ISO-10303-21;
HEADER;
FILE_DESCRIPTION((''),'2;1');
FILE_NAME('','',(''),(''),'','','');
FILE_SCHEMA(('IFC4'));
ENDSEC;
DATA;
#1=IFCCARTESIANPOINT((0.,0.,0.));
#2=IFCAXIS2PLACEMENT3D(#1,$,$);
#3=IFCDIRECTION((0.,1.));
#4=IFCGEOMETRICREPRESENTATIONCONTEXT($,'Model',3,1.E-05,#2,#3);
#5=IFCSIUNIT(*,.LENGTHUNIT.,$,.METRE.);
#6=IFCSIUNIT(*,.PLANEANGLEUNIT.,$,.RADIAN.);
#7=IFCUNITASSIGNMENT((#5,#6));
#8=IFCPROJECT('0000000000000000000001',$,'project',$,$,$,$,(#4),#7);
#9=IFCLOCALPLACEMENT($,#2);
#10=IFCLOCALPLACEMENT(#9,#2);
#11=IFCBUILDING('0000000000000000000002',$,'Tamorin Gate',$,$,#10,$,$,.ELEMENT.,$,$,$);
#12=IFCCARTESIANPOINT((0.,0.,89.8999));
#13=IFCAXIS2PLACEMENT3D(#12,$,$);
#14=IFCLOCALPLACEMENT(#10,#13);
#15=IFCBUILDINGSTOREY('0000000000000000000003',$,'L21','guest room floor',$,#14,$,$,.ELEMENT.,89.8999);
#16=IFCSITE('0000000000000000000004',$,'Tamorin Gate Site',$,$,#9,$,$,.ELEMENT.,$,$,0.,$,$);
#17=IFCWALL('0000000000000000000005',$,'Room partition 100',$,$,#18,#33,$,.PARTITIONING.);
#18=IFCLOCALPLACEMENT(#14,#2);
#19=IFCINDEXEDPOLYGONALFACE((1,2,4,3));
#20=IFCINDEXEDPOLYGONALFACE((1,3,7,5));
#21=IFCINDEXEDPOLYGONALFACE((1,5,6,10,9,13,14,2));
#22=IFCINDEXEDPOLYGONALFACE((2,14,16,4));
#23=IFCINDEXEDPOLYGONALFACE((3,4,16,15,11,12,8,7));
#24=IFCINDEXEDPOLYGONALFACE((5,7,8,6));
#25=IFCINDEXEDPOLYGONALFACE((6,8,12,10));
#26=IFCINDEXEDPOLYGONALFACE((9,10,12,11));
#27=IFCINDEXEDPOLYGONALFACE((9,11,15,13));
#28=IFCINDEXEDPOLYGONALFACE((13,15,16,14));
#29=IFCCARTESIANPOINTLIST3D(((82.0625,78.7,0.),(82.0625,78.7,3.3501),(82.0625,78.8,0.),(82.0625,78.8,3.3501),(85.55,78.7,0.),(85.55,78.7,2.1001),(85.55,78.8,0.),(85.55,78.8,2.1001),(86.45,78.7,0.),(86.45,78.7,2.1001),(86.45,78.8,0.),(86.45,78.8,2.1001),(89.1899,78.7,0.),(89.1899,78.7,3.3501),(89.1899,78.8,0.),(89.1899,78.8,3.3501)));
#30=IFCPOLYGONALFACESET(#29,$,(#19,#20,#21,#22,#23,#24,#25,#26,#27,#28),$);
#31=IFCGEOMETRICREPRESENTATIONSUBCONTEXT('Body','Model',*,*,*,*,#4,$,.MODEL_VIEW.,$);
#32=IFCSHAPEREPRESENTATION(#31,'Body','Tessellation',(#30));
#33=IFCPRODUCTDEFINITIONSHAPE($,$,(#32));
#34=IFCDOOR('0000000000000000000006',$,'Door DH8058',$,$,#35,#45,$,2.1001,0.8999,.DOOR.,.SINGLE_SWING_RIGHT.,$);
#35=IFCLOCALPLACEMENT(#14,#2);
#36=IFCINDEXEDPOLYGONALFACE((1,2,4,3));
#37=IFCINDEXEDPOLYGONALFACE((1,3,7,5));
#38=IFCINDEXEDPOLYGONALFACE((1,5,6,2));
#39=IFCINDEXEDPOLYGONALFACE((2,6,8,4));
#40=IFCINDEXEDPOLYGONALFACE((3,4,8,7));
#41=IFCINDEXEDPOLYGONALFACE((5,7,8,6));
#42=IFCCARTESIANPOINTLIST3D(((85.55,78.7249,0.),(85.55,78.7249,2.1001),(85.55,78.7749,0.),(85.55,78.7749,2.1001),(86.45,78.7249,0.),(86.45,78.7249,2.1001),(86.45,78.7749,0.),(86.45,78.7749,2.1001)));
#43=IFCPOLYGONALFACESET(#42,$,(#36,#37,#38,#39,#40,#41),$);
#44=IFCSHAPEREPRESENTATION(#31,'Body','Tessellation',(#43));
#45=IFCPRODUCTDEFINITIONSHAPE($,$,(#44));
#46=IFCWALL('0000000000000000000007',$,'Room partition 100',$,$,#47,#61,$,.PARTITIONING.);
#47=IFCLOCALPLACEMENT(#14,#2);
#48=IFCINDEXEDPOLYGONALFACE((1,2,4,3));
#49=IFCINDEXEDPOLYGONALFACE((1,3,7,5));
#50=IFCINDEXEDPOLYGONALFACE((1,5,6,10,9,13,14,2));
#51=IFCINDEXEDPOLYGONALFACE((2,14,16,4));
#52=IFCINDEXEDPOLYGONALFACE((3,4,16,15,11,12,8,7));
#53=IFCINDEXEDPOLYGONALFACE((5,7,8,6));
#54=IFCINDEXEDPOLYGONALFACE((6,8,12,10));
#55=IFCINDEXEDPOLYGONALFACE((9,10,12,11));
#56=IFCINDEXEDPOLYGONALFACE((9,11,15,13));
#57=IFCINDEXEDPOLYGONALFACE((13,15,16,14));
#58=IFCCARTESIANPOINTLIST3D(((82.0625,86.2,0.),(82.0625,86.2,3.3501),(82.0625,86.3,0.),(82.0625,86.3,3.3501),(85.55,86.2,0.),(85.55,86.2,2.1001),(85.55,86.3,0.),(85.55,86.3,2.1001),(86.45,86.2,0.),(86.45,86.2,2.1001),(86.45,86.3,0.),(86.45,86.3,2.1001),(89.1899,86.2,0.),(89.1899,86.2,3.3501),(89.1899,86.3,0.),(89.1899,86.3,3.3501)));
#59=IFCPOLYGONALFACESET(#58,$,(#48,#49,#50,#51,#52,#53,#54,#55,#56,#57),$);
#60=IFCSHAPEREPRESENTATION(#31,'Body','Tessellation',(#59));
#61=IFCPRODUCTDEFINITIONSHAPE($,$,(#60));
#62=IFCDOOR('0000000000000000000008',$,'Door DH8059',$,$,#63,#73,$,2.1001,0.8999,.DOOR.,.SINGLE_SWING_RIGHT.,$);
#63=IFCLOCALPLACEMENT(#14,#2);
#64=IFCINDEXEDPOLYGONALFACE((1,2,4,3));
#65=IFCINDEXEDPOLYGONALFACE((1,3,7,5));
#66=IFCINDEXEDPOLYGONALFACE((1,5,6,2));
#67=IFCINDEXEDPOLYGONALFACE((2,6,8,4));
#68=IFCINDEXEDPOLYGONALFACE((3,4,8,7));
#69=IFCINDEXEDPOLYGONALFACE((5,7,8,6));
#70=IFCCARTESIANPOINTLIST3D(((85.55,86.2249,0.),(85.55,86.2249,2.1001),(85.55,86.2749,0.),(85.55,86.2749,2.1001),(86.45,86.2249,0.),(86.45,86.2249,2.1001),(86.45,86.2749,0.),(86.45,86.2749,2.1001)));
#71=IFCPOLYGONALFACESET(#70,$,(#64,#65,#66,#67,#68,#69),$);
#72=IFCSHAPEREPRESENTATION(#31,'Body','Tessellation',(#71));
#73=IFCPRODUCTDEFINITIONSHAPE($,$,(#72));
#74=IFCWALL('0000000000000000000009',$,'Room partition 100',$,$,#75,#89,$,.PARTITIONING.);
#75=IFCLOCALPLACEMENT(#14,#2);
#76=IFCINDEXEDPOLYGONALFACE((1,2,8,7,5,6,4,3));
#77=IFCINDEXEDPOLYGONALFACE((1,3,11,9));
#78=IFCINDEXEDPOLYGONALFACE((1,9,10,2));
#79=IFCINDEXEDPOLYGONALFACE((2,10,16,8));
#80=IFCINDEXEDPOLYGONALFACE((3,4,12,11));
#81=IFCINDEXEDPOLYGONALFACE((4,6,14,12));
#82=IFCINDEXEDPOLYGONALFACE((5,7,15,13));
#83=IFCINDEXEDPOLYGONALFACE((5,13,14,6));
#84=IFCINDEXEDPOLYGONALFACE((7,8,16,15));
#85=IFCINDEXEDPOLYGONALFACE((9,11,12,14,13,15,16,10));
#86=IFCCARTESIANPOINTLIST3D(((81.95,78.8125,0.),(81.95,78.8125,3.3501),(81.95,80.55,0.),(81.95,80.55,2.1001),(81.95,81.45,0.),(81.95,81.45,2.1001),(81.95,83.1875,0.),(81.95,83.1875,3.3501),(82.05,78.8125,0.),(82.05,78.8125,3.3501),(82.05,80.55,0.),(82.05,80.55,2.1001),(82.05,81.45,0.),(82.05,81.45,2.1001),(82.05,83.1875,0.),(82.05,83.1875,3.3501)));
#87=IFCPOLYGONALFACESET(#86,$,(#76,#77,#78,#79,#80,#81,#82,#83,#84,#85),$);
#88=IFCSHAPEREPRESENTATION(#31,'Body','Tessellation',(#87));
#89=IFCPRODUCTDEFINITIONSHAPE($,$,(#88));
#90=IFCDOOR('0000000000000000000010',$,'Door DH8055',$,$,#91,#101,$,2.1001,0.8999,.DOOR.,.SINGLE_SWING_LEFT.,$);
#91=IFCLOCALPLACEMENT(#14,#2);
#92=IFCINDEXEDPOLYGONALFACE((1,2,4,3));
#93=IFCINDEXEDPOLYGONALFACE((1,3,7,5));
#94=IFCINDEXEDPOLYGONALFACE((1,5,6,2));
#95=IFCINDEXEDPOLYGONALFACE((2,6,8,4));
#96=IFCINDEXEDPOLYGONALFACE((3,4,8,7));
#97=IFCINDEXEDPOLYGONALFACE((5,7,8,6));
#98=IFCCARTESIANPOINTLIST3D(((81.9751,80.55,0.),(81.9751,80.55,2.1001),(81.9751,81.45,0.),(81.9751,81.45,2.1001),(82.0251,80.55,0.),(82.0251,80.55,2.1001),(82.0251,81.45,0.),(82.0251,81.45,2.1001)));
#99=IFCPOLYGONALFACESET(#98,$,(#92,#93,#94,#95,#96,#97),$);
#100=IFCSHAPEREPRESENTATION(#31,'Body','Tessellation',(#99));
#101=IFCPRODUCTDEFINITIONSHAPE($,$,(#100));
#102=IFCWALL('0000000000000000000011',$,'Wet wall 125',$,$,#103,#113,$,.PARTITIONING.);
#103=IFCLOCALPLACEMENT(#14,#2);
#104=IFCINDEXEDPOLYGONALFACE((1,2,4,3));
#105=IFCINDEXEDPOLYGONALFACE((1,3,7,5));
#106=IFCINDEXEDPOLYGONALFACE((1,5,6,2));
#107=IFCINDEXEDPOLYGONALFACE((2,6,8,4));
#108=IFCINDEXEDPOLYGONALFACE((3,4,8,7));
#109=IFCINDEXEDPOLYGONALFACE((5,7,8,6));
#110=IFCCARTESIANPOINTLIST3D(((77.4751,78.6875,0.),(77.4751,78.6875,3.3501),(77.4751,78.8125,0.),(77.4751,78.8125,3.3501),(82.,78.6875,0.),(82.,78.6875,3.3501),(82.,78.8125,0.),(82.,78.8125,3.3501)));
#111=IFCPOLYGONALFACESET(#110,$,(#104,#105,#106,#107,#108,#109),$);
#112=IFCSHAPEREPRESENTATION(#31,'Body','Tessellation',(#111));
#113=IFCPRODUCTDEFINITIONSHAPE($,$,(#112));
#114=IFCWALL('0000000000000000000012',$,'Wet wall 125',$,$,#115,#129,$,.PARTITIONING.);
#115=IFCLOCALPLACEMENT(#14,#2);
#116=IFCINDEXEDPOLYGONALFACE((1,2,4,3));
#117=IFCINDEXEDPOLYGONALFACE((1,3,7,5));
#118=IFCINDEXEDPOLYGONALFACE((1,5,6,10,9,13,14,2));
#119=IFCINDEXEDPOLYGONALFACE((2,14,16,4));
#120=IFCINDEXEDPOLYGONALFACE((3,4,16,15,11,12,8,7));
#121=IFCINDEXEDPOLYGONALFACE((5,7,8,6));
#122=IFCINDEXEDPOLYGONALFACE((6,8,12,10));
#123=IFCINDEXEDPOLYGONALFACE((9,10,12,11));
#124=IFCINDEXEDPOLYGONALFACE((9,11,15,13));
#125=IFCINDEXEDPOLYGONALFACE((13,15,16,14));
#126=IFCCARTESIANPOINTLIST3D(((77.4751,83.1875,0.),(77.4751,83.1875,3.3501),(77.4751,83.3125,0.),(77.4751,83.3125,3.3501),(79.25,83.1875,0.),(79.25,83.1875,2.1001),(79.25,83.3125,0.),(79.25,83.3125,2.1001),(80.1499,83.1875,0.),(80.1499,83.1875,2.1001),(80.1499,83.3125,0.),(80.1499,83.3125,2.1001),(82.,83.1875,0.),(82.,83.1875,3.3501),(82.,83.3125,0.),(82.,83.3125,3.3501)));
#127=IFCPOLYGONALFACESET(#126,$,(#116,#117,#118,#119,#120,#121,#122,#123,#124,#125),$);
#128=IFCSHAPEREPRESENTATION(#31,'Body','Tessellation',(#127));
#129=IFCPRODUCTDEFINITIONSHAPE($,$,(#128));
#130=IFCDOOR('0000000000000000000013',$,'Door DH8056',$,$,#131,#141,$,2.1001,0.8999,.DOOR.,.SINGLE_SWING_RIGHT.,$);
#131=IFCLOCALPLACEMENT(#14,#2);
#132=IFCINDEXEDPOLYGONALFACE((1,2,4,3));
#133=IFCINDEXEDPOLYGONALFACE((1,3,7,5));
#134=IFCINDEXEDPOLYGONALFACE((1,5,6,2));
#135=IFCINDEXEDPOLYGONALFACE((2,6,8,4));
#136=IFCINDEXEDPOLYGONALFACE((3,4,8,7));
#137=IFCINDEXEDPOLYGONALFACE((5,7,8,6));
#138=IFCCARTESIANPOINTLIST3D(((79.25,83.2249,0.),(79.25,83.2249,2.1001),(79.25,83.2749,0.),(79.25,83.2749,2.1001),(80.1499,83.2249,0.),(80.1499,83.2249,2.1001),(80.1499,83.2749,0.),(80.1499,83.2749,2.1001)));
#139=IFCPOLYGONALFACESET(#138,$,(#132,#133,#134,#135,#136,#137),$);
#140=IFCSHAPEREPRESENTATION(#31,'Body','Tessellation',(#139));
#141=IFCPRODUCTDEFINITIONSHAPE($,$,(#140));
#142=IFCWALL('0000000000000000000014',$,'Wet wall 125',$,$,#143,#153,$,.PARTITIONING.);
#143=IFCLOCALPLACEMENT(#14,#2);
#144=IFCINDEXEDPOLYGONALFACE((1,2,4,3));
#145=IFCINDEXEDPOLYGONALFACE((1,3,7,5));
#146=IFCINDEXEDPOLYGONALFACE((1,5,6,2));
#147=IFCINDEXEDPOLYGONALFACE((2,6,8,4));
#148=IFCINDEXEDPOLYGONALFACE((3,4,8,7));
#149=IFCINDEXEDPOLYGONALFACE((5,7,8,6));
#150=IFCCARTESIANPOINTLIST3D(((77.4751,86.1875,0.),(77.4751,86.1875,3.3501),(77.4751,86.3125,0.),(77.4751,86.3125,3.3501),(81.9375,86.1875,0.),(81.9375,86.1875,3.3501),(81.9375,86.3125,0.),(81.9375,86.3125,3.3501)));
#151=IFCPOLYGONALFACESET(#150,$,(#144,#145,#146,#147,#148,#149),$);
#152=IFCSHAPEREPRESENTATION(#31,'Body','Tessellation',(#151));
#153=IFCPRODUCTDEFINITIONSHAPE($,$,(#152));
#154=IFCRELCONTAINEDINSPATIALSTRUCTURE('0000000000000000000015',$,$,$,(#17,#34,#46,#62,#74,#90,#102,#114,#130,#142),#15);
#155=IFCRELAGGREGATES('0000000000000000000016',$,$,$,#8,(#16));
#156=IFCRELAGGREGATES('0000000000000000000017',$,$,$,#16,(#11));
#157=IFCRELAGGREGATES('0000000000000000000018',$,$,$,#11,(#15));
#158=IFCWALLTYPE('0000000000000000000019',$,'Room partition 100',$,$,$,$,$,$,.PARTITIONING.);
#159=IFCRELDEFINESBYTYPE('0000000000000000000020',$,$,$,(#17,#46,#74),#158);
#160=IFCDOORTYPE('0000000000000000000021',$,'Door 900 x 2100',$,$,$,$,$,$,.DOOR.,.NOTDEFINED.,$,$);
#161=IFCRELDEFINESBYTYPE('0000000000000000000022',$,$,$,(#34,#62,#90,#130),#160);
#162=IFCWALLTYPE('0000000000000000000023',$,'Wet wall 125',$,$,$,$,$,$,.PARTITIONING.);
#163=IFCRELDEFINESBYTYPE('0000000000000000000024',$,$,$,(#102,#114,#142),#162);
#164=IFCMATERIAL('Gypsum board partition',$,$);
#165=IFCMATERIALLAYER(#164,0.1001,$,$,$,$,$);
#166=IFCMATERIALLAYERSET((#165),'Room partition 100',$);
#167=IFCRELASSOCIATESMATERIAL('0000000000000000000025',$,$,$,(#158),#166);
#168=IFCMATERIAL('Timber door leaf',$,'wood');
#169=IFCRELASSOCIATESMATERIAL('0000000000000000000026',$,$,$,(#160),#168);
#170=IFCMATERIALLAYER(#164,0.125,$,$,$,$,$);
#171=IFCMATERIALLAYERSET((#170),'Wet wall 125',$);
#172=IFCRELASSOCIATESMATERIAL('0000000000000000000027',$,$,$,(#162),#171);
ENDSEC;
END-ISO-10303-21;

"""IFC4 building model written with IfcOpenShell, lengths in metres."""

from ifc_helpers import new_model, si_unit, direction, frame, frame_2d, origin, place, context, subcontext, project, spatial, rectangle, extrude, material, layer, layer_set, type_object, element, fill, save


model = new_model("IFC4")

# Units and contexts
model_context = context("Model", 3, precision=1e-05, world=origin(), true_north=direction((0.0, 1.0)))
body_context = subcontext(model_context, "Body", "Model", "MODEL_VIEW")
ifc_project = project(units=[si_unit("LENGTHUNIT", "METRE"), si_unit("PLANEANGLEUNIT", "RADIAN")], contexts=[model_context])

# Site, building, storey
site_placement = place(None, origin())
site = spatial("IfcSite", under=ifc_project, at=site_placement, Name="Tamorin Gate Site", CompositionType="ELEMENT", RefElevation=0.0)
building_placement = place(site_placement, origin())
building = spatial("IfcBuilding", under=site, at=building_placement, Name="Tamorin Gate", CompositionType="ELEMENT")
storey_placement = place(building_placement, frame((0.0, 0.0, 89.8999)))
storey = spatial("IfcBuildingStorey", under=building, at=storey_placement, Name="L21", Description="guest room floor", CompositionType="ELEMENT", Elevation=89.8999)

# Walls, openings, doors
ifc_material_1 = material(Name="Gypsum board partition")
ifc_layer_1 = layer(ifc_material_1, 0.1001)
ifc_layer_set_1 = layer_set([ifc_layer_1], Name="Room partition 100")
wall_type_1 = type_object("IfcWallType", Name="Room partition 100", PredefinedType="PARTITIONING", material=ifc_layer_set_1)
wall_1_placement = place(storey_placement, frame((82.0625, 78.75, 0.0), z_axis=(0.0, 0.0, 1.0), x_axis=(1.0, 0.0, 0.0)))
wall_1 = element("IfcWall", 1, at=wall_1_placement, inside=storey, type_object=wall_type_1, Name="Room partition 100", PredefinedType="PARTITIONING", context=body_context, shape_type="SweptSolid", body=[
    extrude(rectangle(XDim=7.1274, YDim=0.1001, at=frame_2d((3.5637, 0.0))), origin(), (0.0, 0.0, 1.0), 3.3501),
])
opening_1_placement = place(wall_1_placement, frame((3.4875, 0.0, 0.0)))
opening_1 = element("IfcOpeningElement", 2, at=opening_1_placement, cuts=wall_1, PredefinedType="OPENING", context=body_context, shape_type="SweptSolid", body=[
    extrude(rectangle(XDim=0.8999, YDim=2.1001, at=frame_2d((0.45, 1.05))), frame((0.0, 0.0601, 0.0), z_axis=(0.0, -1.0, 0.0), x_axis=(1.0, 0.0, 0.0)), (0.0, 0.0, 1.0), 0.1201),
])
ifc_material_2 = material(Name="Timber door leaf", Category="wood")
door_type = type_object("IfcDoorType", Name="Door 900 x 2100", OperationType="NOTDEFINED", PredefinedType="DOOR", material=ifc_material_2)
door_1_placement = place(opening_1_placement, origin())
door_1 = element("IfcDoor", 3, at=door_1_placement, inside=storey, type_object=door_type, Name="Door DH8058", OperationType="SINGLE_SWING_RIGHT", OverallHeight=2.1001, OverallWidth=0.8999, PredefinedType="DOOR", context=body_context, shape_type="SweptSolid", body=[
    extrude(rectangle(XDim=0.8999, YDim=2.1001, at=frame_2d((0.45, 1.05))), frame((0.0, 0.0249, 0.0), z_axis=(0.0, -1.0, 0.0), x_axis=(1.0, 0.0, 0.0)), (0.0, 0.0, 1.0), 0.05),
])
fill(opening_1, door_1)
wall_2_placement = place(storey_placement, frame((82.0625, 86.25, 0.0), z_axis=(0.0, 0.0, 1.0), x_axis=(1.0, 0.0, 0.0)))
wall_2 = element("IfcWall", 4, at=wall_2_placement, inside=storey, type_object=wall_type_1, Name="Room partition 100", PredefinedType="PARTITIONING", context=body_context, shape_type="SweptSolid", body=[
    extrude(rectangle(XDim=7.1274, YDim=0.1001, at=frame_2d((3.5637, 0.0))), origin(), (0.0, 0.0, 1.0), 3.3501),
])
opening_2_placement = place(wall_2_placement, frame((3.4875, 0.0, 0.0)))
opening_2 = element("IfcOpeningElement", 5, at=opening_2_placement, cuts=wall_2, PredefinedType="OPENING", context=body_context, shape_type="SweptSolid", body=[
    extrude(rectangle(XDim=0.8999, YDim=2.1001, at=frame_2d((0.45, 1.05))), frame((0.0, 0.0601, 0.0), z_axis=(0.0, -1.0, 0.0), x_axis=(1.0, 0.0, 0.0)), (0.0, 0.0, 1.0), 0.1201),
])
door_2_placement = place(opening_2_placement, origin())
door_2 = element("IfcDoor", 6, at=door_2_placement, inside=storey, type_object=door_type, Name="Door DH8059", OperationType="SINGLE_SWING_RIGHT", OverallHeight=2.1001, OverallWidth=0.8999, PredefinedType="DOOR", context=body_context, shape_type="SweptSolid", body=[
    extrude(rectangle(XDim=0.8999, YDim=2.1001, at=frame_2d((0.45, 1.05))), frame((0.0, 0.0249, 0.0), z_axis=(0.0, -1.0, 0.0), x_axis=(1.0, 0.0, 0.0)), (0.0, 0.0, 1.0), 0.05),
])
fill(opening_2, door_2)
wall_3_placement = place(storey_placement, frame((82.0, 78.8125, 0.0), z_axis=(0.0, 0.0, 1.0), x_axis=(0.0, 1.0, 0.0)))
wall_3 = element("IfcWall", 7, at=wall_3_placement, inside=storey, type_object=wall_type_1, Name="Room partition 100", PredefinedType="PARTITIONING", context=body_context, shape_type="SweptSolid", body=[
    extrude(rectangle(XDim=4.375, YDim=0.1001, at=frame_2d((2.1875, 0.0))), origin(), (0.0, 0.0, 1.0), 3.3501),
])
opening_3_placement = place(wall_3_placement, frame((1.7375, 0.0, 0.0)))
opening_3 = element("IfcOpeningElement", 8, at=opening_3_placement, cuts=wall_3, PredefinedType="OPENING", context=body_context, shape_type="SweptSolid", body=[
    extrude(rectangle(XDim=0.8999, YDim=2.1001, at=frame_2d((0.45, 1.05))), frame((0.0, 0.0601, 0.0), z_axis=(0.0, -1.0, 0.0), x_axis=(1.0, 0.0, 0.0)), (0.0, 0.0, 1.0), 0.1201),
])
door_3_placement = place(opening_3_placement, origin())
door_3 = element("IfcDoor", 9, at=door_3_placement, inside=storey, type_object=door_type, Name="Door DH8055", OperationType="SINGLE_SWING_LEFT", OverallHeight=2.1001, OverallWidth=0.8999, PredefinedType="DOOR", context=body_context, shape_type="SweptSolid", body=[
    extrude(rectangle(XDim=0.8999, YDim=2.1001, at=frame_2d((0.45, 1.05))), frame((0.0, 0.0249, 0.0), z_axis=(0.0, -1.0, 0.0), x_axis=(1.0, 0.0, 0.0)), (0.0, 0.0, 1.0), 0.05),
])
fill(opening_3, door_3)

# Wall
ifc_layer_2 = layer(ifc_material_1, 0.125)
ifc_layer_set_2 = layer_set([ifc_layer_2], Name="Wet wall 125")
wall_type_2 = type_object("IfcWallType", Name="Wet wall 125", PredefinedType="PARTITIONING", material=ifc_layer_set_2)
wall_4_placement = place(storey_placement, frame((77.4751, 78.75, 0.0), z_axis=(0.0, 0.0, 1.0), x_axis=(1.0, 0.0, 0.0)))
element("IfcWall", 10, at=wall_4_placement, inside=storey, type_object=wall_type_2, Name="Wet wall 125", PredefinedType="PARTITIONING", context=body_context, shape_type="SweptSolid", body=[
    extrude(rectangle(XDim=4.5249, YDim=0.125, at=frame_2d((2.2625, 0.0))), origin(), (0.0, 0.0, 1.0), 3.3501),
])

# Wall, opening, door
wall_5_placement = place(storey_placement, frame((77.4751, 83.25, 0.0), z_axis=(0.0, 0.0, 1.0), x_axis=(1.0, 0.0, 0.0)))
wall_5 = element("IfcWall", 11, at=wall_5_placement, inside=storey, type_object=wall_type_2, Name="Wet wall 125", PredefinedType="PARTITIONING", context=body_context, shape_type="SweptSolid", body=[
    extrude(rectangle(XDim=4.5249, YDim=0.125, at=frame_2d((2.2625, 0.0))), origin(), (0.0, 0.0, 1.0), 3.3501),
])
opening_4_placement = place(wall_5_placement, frame((1.7749, 0.0, 0.0)))
opening_4 = element("IfcOpeningElement", 12, at=opening_4_placement, cuts=wall_5, PredefinedType="OPENING", context=body_context, shape_type="SweptSolid", body=[
    extrude(rectangle(XDim=0.8999, YDim=2.1001, at=frame_2d((0.45, 1.05))), frame((0.0, 0.0725, 0.0), z_axis=(0.0, -1.0, 0.0), x_axis=(1.0, 0.0, 0.0)), (0.0, 0.0, 1.0), 0.145),
])
door_4_placement = place(opening_4_placement, origin())
door_4 = element("IfcDoor", 13, at=door_4_placement, inside=storey, type_object=door_type, Name="Door DH8056", OperationType="SINGLE_SWING_RIGHT", OverallHeight=2.1001, OverallWidth=0.8999, PredefinedType="DOOR", context=body_context, shape_type="SweptSolid", body=[
    extrude(rectangle(XDim=0.8999, YDim=2.1001, at=frame_2d((0.45, 1.05))), frame((0.0, 0.0249, 0.0), z_axis=(0.0, -1.0, 0.0), x_axis=(1.0, 0.0, 0.0)), (0.0, 0.0, 1.0), 0.05),
])
fill(opening_4, door_4)

# Wall
wall_6_placement = place(storey_placement, frame((77.4751, 86.25, 0.0), z_axis=(0.0, 0.0, 1.0), x_axis=(1.0, 0.0, 0.0)))
element("IfcWall", 14, at=wall_6_placement, inside=storey, type_object=wall_type_2, Name="Wet wall 125", PredefinedType="PARTITIONING", context=body_context, shape_type="SweptSolid", body=[
    extrude(rectangle(XDim=4.4624, YDim=0.125, at=frame_2d((2.2312, 0.0))), origin(), (0.0, 0.0, 1.0), 3.3501),
])

save(model, "model.ifc")
